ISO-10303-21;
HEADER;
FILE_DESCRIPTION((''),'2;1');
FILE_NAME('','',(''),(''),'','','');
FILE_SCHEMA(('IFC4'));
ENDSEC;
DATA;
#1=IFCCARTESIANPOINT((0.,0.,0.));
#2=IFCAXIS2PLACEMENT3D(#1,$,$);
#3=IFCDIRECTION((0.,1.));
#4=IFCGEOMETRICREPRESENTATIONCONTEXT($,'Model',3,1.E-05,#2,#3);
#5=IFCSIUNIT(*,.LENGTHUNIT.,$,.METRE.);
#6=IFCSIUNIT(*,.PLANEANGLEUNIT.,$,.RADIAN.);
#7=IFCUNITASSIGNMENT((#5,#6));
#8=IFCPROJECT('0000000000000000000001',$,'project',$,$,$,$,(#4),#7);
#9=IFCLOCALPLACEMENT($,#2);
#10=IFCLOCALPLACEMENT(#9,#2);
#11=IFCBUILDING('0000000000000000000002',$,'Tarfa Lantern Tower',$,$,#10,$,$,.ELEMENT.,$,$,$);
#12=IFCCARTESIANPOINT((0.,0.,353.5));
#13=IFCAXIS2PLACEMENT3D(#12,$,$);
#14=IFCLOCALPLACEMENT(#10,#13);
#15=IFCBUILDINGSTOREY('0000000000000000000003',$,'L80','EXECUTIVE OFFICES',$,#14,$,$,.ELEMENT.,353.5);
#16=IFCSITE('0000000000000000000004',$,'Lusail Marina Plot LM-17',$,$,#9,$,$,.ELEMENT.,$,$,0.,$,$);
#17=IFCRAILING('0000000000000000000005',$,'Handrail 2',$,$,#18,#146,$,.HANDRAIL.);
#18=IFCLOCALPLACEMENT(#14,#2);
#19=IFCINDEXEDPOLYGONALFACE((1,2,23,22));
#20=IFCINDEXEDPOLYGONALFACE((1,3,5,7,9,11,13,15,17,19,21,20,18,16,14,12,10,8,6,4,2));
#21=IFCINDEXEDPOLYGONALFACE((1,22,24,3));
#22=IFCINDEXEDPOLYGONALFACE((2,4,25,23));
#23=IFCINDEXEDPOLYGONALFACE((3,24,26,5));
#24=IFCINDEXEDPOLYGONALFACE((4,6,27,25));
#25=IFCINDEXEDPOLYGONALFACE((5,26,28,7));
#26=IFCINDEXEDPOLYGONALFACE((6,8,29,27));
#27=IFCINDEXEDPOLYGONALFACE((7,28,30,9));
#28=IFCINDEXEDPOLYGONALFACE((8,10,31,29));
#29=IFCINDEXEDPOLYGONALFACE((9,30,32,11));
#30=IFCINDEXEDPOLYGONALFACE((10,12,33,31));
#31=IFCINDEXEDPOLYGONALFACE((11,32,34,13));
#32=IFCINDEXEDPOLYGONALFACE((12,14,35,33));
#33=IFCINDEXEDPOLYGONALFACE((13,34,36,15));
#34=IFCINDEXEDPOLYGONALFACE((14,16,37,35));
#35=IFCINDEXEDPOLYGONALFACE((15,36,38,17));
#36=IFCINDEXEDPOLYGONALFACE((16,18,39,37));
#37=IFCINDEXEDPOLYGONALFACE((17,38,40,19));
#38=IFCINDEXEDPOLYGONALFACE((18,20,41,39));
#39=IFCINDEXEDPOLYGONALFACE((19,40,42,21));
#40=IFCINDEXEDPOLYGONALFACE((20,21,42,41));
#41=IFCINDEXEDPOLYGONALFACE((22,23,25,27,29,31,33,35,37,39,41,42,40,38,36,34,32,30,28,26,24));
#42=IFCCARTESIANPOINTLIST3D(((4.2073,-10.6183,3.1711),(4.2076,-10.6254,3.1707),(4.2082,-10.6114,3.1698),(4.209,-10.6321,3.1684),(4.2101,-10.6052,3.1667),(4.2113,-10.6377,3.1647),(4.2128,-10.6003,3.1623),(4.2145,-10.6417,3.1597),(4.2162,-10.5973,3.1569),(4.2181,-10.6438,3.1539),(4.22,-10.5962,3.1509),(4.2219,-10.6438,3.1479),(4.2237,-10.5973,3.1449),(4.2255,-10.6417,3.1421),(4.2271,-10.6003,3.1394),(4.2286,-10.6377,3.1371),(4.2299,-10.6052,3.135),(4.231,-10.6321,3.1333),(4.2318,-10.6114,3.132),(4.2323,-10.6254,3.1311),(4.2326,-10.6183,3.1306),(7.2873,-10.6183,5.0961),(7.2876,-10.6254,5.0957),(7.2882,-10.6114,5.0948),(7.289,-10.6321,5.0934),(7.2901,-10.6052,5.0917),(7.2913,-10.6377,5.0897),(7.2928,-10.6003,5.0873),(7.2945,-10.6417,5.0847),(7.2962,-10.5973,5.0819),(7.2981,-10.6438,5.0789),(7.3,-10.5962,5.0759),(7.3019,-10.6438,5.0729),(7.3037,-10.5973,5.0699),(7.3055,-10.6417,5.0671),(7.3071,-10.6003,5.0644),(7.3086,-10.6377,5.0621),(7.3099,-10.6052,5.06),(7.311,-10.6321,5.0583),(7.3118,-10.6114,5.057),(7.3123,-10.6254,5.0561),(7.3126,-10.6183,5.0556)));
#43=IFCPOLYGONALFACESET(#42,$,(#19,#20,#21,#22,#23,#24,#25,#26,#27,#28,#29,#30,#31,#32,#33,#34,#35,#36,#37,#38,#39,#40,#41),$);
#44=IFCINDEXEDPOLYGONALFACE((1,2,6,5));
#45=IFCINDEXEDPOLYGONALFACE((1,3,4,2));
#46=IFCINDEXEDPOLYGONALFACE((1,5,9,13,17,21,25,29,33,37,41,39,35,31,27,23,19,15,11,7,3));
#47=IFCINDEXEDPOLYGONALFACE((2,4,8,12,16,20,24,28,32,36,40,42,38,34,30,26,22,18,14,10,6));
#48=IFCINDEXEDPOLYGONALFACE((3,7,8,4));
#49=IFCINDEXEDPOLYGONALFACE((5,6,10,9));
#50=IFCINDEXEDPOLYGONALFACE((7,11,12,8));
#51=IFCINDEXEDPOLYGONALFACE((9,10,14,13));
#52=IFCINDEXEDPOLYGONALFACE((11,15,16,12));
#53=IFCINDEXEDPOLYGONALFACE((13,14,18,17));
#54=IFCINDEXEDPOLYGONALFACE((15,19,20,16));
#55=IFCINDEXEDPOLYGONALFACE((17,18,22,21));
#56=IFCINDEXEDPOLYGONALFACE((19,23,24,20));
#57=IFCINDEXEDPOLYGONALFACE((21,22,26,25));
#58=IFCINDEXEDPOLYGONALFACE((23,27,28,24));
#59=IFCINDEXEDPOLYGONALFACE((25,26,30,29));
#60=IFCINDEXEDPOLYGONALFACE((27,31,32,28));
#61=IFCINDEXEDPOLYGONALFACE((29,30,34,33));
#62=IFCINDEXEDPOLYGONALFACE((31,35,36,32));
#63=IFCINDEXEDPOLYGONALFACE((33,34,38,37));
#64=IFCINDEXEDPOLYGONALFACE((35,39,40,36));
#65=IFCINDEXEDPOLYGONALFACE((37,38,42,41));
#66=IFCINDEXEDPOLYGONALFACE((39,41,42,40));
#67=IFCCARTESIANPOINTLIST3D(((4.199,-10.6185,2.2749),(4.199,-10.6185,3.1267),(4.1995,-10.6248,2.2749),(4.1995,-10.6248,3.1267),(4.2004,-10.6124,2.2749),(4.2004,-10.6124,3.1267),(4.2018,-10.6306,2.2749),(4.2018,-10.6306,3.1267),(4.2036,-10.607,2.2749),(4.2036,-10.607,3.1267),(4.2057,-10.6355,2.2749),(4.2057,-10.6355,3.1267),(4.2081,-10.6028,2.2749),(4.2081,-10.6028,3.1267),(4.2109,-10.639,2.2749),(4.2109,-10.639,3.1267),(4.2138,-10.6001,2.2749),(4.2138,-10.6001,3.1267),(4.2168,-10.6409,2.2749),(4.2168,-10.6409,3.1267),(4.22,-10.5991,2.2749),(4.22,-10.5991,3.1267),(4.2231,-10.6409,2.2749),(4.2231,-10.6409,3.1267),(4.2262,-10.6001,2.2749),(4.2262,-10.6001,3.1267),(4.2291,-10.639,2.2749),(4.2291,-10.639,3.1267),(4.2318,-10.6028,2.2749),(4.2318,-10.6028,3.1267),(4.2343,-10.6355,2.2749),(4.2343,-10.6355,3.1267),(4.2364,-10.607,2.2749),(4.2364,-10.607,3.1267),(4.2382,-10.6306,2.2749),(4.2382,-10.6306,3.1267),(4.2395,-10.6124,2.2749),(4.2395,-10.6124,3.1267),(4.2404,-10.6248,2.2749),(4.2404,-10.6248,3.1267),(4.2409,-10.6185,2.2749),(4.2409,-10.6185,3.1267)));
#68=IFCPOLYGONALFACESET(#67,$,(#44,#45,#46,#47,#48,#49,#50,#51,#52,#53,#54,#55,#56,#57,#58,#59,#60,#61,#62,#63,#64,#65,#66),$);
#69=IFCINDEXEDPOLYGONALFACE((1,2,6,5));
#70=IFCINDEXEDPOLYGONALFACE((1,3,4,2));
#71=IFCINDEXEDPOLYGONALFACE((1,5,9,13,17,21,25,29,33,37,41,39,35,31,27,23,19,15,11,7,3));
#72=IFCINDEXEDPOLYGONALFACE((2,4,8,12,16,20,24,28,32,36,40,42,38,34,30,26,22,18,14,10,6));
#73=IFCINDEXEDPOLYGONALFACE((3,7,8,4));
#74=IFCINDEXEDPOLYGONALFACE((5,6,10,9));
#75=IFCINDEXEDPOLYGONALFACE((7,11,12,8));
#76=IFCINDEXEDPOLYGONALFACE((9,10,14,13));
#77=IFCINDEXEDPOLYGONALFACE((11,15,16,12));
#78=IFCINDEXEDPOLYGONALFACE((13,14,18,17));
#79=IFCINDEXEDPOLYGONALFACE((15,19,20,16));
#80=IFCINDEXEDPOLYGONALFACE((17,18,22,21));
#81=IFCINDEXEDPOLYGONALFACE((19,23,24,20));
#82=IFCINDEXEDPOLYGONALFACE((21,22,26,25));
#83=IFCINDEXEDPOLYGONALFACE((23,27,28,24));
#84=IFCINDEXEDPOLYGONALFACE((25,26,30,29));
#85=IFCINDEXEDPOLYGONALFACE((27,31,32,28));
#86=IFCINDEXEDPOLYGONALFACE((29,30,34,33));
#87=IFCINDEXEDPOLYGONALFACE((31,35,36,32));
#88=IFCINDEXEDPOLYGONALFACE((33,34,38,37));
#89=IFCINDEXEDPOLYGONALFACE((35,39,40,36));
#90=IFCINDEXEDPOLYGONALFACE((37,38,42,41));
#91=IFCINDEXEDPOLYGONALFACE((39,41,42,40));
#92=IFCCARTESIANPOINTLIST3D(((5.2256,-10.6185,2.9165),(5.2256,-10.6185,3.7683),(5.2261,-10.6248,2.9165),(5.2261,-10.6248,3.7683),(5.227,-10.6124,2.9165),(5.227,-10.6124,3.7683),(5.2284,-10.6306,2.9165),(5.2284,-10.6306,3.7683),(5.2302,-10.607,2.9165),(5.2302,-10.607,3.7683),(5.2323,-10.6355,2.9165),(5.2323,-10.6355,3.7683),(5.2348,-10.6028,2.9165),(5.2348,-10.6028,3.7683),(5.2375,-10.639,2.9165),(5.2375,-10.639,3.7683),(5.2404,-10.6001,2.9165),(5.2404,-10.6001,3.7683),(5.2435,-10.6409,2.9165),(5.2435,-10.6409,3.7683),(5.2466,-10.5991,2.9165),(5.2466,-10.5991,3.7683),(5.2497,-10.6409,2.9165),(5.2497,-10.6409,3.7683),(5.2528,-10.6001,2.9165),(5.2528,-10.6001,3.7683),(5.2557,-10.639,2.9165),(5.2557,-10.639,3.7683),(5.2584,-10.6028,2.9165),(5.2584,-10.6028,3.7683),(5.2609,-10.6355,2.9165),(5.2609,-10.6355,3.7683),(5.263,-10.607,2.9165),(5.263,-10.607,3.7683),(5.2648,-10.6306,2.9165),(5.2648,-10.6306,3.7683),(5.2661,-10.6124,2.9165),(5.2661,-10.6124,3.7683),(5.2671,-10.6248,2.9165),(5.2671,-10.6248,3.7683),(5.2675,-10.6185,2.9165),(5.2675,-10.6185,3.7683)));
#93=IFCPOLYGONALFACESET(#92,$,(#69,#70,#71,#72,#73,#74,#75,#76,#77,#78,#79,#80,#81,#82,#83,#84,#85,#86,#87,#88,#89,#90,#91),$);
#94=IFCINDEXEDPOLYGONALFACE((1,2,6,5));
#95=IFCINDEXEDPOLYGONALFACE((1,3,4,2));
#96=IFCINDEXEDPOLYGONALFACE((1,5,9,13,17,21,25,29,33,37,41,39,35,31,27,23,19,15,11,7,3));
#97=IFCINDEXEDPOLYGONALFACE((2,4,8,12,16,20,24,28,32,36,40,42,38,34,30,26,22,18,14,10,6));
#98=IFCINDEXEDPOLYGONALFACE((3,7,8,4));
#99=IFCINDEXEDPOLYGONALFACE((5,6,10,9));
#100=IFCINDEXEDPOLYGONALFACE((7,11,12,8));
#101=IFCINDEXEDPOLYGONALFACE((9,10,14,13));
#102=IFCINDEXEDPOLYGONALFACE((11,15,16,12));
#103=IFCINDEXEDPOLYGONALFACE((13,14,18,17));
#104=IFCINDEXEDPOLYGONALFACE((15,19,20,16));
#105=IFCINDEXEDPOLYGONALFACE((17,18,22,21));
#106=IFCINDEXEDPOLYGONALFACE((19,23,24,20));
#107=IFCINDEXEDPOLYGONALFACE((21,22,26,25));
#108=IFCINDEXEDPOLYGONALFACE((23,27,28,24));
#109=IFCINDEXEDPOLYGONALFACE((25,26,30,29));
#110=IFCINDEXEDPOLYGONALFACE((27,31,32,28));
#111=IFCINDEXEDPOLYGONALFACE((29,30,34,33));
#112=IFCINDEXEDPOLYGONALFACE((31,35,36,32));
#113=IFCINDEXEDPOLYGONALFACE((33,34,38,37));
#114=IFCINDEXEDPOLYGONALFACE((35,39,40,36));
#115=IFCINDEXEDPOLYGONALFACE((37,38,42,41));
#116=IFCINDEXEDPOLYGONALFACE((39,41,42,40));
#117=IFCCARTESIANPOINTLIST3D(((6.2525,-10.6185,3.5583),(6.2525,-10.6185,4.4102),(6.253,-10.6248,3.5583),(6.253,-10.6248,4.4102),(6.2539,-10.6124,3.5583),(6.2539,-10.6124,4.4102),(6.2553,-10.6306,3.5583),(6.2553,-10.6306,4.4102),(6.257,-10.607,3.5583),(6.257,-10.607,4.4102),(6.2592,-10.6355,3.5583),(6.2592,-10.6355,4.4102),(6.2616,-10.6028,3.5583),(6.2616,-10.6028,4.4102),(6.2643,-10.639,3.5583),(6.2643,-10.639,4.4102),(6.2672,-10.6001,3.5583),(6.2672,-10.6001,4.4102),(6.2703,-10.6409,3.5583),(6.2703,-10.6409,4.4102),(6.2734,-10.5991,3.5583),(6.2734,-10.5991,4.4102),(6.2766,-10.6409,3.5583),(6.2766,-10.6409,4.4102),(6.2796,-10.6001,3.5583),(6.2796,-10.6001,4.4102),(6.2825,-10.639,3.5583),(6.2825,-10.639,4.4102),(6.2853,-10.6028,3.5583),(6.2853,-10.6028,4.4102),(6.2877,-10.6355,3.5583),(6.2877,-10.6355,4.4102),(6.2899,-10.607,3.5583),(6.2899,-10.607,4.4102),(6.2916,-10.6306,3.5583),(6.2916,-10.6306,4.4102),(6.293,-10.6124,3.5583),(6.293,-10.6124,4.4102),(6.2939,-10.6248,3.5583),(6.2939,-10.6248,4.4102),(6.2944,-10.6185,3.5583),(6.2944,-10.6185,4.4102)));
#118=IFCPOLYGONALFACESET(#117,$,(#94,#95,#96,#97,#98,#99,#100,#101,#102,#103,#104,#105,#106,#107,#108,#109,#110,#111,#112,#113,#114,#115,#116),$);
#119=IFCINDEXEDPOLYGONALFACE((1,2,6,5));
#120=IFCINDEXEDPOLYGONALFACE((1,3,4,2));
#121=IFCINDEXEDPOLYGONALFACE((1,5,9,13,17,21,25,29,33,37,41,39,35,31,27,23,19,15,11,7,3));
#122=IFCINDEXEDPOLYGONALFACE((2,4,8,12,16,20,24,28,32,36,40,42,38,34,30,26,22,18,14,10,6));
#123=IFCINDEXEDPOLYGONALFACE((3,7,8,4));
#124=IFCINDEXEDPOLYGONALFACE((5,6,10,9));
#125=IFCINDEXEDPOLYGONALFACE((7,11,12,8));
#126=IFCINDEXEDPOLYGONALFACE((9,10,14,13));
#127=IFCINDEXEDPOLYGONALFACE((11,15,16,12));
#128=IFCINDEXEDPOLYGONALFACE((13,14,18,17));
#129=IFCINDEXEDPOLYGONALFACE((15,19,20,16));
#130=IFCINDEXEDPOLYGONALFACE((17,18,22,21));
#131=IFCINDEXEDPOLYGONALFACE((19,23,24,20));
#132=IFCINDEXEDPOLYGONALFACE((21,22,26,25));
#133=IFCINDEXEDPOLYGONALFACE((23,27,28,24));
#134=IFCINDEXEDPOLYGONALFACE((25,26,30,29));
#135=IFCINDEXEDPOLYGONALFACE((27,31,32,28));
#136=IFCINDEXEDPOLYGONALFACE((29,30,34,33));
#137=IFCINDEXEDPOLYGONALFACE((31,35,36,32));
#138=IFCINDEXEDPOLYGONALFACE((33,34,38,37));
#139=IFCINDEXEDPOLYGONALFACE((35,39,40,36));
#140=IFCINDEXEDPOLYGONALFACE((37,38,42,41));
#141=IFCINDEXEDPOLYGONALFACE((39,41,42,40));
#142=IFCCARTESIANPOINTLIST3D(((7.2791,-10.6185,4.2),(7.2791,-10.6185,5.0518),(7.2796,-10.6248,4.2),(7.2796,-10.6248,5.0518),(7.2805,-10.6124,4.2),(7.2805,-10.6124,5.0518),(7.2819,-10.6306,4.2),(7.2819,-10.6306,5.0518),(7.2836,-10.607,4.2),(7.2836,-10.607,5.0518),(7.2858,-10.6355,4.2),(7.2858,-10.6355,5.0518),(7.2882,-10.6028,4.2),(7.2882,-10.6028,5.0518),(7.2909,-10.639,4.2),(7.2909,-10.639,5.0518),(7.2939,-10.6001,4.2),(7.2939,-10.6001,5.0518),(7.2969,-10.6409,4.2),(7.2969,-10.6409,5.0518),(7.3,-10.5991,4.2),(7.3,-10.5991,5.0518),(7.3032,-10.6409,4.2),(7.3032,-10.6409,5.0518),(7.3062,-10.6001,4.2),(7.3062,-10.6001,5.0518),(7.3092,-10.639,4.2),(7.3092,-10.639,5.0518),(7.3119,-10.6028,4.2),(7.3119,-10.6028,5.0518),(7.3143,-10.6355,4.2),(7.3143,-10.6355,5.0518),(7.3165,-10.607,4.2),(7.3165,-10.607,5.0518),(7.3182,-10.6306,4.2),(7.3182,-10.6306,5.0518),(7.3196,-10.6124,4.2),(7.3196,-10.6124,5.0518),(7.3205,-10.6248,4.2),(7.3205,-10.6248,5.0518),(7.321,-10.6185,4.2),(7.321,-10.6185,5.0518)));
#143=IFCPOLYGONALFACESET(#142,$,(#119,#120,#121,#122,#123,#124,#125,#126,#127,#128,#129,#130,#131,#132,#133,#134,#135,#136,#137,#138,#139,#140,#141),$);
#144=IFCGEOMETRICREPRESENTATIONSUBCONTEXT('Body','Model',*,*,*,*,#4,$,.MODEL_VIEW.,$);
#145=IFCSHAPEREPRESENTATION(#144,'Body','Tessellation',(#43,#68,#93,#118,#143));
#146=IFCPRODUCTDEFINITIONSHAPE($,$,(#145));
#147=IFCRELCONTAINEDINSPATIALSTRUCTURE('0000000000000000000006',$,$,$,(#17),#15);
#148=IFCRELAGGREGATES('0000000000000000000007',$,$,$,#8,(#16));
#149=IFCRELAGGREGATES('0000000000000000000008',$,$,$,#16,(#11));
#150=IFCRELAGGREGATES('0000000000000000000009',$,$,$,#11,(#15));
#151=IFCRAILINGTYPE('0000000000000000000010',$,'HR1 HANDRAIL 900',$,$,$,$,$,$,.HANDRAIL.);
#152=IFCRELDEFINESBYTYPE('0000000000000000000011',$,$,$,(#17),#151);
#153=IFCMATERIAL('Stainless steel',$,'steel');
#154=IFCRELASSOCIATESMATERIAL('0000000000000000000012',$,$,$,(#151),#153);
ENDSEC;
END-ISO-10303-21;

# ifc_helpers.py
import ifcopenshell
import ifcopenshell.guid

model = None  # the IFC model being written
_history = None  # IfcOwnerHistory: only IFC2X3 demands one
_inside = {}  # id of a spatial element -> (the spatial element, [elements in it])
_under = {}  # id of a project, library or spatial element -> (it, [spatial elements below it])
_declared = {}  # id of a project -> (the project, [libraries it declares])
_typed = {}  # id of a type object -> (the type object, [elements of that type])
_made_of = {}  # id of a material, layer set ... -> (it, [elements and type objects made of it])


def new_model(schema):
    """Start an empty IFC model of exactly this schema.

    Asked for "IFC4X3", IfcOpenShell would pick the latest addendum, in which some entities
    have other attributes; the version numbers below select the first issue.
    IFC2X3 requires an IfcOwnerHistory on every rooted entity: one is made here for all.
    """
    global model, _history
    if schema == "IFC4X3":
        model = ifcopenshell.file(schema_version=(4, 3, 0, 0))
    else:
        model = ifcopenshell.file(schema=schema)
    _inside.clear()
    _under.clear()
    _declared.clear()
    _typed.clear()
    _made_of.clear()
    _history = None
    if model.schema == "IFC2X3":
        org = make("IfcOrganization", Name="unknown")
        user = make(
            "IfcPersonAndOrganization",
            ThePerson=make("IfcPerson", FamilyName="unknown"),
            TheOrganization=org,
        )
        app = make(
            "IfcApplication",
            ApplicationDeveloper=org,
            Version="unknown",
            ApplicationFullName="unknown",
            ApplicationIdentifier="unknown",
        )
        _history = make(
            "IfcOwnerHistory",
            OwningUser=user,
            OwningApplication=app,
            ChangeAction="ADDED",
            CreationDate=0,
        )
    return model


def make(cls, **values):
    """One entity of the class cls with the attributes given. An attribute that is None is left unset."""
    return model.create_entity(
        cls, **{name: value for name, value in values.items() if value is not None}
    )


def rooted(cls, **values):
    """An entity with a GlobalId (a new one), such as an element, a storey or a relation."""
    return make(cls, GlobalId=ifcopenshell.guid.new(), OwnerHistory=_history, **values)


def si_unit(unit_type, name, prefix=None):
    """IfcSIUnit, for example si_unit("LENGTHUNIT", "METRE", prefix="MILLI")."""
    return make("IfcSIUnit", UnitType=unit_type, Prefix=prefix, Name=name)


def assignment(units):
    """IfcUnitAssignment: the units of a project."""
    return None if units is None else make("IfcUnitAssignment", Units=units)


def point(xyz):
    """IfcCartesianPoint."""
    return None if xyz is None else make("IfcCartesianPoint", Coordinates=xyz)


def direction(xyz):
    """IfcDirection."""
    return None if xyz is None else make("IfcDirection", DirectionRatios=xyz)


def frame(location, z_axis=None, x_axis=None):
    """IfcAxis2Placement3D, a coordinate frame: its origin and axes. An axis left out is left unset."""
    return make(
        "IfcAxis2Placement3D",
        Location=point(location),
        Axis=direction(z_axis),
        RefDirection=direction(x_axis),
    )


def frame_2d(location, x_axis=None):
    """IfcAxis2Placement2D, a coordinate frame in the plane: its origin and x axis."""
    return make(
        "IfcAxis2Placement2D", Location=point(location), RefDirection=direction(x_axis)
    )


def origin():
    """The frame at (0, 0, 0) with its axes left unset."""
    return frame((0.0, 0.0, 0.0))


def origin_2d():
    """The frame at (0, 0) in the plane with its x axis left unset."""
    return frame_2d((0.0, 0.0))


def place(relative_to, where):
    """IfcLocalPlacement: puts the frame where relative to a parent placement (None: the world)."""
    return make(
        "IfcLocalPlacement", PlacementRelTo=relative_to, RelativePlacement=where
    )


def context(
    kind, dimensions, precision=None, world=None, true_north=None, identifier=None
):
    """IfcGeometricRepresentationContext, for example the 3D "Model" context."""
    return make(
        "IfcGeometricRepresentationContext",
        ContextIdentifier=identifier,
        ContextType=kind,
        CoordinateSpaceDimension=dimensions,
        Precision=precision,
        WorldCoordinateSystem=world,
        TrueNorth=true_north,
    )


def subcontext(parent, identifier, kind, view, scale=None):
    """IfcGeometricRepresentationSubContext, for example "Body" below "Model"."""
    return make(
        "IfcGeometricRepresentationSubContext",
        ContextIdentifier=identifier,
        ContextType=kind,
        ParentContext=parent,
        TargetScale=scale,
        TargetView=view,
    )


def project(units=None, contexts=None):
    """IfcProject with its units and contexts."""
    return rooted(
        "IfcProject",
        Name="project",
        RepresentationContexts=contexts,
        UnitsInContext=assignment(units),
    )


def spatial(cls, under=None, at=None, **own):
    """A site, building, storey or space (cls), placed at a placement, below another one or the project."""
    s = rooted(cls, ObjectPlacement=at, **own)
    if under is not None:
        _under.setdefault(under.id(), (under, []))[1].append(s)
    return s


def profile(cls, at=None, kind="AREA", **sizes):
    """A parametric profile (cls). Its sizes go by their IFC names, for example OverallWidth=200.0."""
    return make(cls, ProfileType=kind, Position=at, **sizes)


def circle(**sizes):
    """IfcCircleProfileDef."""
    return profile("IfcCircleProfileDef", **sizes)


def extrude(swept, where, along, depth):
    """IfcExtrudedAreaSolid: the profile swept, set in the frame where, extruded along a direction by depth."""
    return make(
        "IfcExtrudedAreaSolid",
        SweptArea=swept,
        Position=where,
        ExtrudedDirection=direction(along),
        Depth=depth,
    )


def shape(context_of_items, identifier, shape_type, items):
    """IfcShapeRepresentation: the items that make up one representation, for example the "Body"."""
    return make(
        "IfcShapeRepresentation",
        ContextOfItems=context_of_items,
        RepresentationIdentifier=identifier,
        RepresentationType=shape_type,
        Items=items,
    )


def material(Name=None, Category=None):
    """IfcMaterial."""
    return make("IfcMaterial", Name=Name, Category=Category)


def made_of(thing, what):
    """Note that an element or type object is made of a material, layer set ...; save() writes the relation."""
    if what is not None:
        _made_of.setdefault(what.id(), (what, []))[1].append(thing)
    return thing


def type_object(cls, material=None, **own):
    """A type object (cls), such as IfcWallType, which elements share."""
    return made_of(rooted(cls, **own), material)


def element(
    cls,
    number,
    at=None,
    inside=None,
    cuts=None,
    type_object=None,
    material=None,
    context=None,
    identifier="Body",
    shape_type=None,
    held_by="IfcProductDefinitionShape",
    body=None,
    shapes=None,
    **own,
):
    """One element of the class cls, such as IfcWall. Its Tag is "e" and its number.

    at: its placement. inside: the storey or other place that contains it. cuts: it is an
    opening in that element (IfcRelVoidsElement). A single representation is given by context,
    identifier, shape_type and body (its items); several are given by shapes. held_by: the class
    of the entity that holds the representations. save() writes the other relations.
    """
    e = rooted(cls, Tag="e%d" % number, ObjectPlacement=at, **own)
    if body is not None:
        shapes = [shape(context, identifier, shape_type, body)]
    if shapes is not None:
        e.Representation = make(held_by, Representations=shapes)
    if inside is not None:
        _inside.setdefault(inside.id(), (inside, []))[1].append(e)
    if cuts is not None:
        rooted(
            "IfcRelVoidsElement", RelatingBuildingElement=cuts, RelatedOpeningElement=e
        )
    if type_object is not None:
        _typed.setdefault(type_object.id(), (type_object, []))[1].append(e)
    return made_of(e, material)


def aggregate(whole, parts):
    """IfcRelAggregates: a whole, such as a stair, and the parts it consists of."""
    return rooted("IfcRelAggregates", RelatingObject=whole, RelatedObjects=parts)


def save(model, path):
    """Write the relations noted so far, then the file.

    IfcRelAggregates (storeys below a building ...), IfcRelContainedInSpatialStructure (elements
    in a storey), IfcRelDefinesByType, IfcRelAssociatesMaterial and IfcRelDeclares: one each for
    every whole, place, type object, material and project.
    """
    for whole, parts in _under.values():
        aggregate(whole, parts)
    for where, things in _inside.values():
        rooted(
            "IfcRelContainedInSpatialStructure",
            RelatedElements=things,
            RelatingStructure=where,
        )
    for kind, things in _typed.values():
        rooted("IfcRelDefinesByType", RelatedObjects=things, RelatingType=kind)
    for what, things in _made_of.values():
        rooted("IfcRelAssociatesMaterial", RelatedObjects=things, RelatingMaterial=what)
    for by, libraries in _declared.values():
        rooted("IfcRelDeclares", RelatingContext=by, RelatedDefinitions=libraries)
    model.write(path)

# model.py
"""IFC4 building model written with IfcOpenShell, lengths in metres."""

from ifc_helpers import new_model, si_unit, direction, frame, origin, origin_2d, place, context, subcontext, project, spatial, circle, extrude, material, type_object, element, save


model = new_model("IFC4")

# Units and contexts
model_context = context("Model", 3, precision=1e-05, world=origin(), true_north=direction((0.0, 1.0)))
body_context = subcontext(model_context, "Body", "Model", "MODEL_VIEW")
ifc_project = project(units=[si_unit("LENGTHUNIT", "METRE"), si_unit("PLANEANGLEUNIT", "RADIAN")], contexts=[model_context])

# Site, building, storey
site_placement = place(None, origin())
site = spatial("IfcSite", under=ifc_project, at=site_placement, Name="Lusail Marina Plot LM-17", CompositionType="ELEMENT", RefElevation=0.0)
building_placement = place(site_placement, origin())
building = spatial("IfcBuilding", under=site, at=building_placement, Name="Tarfa Lantern Tower", CompositionType="ELEMENT")
storey_placement = place(building_placement, frame((0.0, 0.0, 353.5)))
storey = spatial("IfcBuildingStorey", under=building, at=storey_placement, Name="L80", Description="EXECUTIVE OFFICES", CompositionType="ELEMENT", Elevation=353.5)

# Railing
ifc_material_1 = material(Name="Stainless steel", Category="steel")
railing_type = type_object("IfcRailingType", Name="HR1 HANDRAIL 900", PredefinedType="HANDRAIL", material=ifc_material_1)
railing_1_placement = place(storey_placement, frame((4.22, -10.6201, 2.2749)))
element("IfcRailing", 1, at=railing_1_placement, inside=storey, type_object=railing_type, Name="Handrail 2", PredefinedType="HANDRAIL", context=body_context, shape_type="SweptSolid", body=[
    extrude(circle(Radius=0.0239, at=origin_2d()), frame((0.0, 0.0, 0.876), z_axis=(0.847998, 0.0, 0.529999), x_axis=(0.0, 1.0, 0.0)), (0.0, 0.0, 1.0), 3.6321),
    extrude(circle(Radius=0.021, at=origin_2d()), frame((0.0, 0.0, 0.0), z_axis=(0.0, 0.0, 1.0), x_axis=(0.0, 1.0, 0.0)), (0.0, 0.0, 1.0), 0.8518),
    extrude(circle(Radius=0.021, at=origin_2d()), frame((1.0266, 0.0, 0.6416), z_axis=(0.0, 0.0, 1.0), x_axis=(0.0, 1.0, 0.0)), (0.0, 0.0, 1.0), 0.8518),
    extrude(circle(Radius=0.021, at=origin_2d()), frame((2.0535, 0.0, 1.2834), z_axis=(0.0, 0.0, 1.0), x_axis=(0.0, 1.0, 0.0)), (0.0, 0.0, 1.0), 0.8518),
    extrude(circle(Radius=0.021, at=origin_2d()), frame((3.0801, 0.0, 1.925), z_axis=(0.0, 0.0, 1.0), x_axis=(0.0, 1.0, 0.0)), (0.0, 0.0, 1.0), 0.8518),
])

save(model, "model.ifc")
